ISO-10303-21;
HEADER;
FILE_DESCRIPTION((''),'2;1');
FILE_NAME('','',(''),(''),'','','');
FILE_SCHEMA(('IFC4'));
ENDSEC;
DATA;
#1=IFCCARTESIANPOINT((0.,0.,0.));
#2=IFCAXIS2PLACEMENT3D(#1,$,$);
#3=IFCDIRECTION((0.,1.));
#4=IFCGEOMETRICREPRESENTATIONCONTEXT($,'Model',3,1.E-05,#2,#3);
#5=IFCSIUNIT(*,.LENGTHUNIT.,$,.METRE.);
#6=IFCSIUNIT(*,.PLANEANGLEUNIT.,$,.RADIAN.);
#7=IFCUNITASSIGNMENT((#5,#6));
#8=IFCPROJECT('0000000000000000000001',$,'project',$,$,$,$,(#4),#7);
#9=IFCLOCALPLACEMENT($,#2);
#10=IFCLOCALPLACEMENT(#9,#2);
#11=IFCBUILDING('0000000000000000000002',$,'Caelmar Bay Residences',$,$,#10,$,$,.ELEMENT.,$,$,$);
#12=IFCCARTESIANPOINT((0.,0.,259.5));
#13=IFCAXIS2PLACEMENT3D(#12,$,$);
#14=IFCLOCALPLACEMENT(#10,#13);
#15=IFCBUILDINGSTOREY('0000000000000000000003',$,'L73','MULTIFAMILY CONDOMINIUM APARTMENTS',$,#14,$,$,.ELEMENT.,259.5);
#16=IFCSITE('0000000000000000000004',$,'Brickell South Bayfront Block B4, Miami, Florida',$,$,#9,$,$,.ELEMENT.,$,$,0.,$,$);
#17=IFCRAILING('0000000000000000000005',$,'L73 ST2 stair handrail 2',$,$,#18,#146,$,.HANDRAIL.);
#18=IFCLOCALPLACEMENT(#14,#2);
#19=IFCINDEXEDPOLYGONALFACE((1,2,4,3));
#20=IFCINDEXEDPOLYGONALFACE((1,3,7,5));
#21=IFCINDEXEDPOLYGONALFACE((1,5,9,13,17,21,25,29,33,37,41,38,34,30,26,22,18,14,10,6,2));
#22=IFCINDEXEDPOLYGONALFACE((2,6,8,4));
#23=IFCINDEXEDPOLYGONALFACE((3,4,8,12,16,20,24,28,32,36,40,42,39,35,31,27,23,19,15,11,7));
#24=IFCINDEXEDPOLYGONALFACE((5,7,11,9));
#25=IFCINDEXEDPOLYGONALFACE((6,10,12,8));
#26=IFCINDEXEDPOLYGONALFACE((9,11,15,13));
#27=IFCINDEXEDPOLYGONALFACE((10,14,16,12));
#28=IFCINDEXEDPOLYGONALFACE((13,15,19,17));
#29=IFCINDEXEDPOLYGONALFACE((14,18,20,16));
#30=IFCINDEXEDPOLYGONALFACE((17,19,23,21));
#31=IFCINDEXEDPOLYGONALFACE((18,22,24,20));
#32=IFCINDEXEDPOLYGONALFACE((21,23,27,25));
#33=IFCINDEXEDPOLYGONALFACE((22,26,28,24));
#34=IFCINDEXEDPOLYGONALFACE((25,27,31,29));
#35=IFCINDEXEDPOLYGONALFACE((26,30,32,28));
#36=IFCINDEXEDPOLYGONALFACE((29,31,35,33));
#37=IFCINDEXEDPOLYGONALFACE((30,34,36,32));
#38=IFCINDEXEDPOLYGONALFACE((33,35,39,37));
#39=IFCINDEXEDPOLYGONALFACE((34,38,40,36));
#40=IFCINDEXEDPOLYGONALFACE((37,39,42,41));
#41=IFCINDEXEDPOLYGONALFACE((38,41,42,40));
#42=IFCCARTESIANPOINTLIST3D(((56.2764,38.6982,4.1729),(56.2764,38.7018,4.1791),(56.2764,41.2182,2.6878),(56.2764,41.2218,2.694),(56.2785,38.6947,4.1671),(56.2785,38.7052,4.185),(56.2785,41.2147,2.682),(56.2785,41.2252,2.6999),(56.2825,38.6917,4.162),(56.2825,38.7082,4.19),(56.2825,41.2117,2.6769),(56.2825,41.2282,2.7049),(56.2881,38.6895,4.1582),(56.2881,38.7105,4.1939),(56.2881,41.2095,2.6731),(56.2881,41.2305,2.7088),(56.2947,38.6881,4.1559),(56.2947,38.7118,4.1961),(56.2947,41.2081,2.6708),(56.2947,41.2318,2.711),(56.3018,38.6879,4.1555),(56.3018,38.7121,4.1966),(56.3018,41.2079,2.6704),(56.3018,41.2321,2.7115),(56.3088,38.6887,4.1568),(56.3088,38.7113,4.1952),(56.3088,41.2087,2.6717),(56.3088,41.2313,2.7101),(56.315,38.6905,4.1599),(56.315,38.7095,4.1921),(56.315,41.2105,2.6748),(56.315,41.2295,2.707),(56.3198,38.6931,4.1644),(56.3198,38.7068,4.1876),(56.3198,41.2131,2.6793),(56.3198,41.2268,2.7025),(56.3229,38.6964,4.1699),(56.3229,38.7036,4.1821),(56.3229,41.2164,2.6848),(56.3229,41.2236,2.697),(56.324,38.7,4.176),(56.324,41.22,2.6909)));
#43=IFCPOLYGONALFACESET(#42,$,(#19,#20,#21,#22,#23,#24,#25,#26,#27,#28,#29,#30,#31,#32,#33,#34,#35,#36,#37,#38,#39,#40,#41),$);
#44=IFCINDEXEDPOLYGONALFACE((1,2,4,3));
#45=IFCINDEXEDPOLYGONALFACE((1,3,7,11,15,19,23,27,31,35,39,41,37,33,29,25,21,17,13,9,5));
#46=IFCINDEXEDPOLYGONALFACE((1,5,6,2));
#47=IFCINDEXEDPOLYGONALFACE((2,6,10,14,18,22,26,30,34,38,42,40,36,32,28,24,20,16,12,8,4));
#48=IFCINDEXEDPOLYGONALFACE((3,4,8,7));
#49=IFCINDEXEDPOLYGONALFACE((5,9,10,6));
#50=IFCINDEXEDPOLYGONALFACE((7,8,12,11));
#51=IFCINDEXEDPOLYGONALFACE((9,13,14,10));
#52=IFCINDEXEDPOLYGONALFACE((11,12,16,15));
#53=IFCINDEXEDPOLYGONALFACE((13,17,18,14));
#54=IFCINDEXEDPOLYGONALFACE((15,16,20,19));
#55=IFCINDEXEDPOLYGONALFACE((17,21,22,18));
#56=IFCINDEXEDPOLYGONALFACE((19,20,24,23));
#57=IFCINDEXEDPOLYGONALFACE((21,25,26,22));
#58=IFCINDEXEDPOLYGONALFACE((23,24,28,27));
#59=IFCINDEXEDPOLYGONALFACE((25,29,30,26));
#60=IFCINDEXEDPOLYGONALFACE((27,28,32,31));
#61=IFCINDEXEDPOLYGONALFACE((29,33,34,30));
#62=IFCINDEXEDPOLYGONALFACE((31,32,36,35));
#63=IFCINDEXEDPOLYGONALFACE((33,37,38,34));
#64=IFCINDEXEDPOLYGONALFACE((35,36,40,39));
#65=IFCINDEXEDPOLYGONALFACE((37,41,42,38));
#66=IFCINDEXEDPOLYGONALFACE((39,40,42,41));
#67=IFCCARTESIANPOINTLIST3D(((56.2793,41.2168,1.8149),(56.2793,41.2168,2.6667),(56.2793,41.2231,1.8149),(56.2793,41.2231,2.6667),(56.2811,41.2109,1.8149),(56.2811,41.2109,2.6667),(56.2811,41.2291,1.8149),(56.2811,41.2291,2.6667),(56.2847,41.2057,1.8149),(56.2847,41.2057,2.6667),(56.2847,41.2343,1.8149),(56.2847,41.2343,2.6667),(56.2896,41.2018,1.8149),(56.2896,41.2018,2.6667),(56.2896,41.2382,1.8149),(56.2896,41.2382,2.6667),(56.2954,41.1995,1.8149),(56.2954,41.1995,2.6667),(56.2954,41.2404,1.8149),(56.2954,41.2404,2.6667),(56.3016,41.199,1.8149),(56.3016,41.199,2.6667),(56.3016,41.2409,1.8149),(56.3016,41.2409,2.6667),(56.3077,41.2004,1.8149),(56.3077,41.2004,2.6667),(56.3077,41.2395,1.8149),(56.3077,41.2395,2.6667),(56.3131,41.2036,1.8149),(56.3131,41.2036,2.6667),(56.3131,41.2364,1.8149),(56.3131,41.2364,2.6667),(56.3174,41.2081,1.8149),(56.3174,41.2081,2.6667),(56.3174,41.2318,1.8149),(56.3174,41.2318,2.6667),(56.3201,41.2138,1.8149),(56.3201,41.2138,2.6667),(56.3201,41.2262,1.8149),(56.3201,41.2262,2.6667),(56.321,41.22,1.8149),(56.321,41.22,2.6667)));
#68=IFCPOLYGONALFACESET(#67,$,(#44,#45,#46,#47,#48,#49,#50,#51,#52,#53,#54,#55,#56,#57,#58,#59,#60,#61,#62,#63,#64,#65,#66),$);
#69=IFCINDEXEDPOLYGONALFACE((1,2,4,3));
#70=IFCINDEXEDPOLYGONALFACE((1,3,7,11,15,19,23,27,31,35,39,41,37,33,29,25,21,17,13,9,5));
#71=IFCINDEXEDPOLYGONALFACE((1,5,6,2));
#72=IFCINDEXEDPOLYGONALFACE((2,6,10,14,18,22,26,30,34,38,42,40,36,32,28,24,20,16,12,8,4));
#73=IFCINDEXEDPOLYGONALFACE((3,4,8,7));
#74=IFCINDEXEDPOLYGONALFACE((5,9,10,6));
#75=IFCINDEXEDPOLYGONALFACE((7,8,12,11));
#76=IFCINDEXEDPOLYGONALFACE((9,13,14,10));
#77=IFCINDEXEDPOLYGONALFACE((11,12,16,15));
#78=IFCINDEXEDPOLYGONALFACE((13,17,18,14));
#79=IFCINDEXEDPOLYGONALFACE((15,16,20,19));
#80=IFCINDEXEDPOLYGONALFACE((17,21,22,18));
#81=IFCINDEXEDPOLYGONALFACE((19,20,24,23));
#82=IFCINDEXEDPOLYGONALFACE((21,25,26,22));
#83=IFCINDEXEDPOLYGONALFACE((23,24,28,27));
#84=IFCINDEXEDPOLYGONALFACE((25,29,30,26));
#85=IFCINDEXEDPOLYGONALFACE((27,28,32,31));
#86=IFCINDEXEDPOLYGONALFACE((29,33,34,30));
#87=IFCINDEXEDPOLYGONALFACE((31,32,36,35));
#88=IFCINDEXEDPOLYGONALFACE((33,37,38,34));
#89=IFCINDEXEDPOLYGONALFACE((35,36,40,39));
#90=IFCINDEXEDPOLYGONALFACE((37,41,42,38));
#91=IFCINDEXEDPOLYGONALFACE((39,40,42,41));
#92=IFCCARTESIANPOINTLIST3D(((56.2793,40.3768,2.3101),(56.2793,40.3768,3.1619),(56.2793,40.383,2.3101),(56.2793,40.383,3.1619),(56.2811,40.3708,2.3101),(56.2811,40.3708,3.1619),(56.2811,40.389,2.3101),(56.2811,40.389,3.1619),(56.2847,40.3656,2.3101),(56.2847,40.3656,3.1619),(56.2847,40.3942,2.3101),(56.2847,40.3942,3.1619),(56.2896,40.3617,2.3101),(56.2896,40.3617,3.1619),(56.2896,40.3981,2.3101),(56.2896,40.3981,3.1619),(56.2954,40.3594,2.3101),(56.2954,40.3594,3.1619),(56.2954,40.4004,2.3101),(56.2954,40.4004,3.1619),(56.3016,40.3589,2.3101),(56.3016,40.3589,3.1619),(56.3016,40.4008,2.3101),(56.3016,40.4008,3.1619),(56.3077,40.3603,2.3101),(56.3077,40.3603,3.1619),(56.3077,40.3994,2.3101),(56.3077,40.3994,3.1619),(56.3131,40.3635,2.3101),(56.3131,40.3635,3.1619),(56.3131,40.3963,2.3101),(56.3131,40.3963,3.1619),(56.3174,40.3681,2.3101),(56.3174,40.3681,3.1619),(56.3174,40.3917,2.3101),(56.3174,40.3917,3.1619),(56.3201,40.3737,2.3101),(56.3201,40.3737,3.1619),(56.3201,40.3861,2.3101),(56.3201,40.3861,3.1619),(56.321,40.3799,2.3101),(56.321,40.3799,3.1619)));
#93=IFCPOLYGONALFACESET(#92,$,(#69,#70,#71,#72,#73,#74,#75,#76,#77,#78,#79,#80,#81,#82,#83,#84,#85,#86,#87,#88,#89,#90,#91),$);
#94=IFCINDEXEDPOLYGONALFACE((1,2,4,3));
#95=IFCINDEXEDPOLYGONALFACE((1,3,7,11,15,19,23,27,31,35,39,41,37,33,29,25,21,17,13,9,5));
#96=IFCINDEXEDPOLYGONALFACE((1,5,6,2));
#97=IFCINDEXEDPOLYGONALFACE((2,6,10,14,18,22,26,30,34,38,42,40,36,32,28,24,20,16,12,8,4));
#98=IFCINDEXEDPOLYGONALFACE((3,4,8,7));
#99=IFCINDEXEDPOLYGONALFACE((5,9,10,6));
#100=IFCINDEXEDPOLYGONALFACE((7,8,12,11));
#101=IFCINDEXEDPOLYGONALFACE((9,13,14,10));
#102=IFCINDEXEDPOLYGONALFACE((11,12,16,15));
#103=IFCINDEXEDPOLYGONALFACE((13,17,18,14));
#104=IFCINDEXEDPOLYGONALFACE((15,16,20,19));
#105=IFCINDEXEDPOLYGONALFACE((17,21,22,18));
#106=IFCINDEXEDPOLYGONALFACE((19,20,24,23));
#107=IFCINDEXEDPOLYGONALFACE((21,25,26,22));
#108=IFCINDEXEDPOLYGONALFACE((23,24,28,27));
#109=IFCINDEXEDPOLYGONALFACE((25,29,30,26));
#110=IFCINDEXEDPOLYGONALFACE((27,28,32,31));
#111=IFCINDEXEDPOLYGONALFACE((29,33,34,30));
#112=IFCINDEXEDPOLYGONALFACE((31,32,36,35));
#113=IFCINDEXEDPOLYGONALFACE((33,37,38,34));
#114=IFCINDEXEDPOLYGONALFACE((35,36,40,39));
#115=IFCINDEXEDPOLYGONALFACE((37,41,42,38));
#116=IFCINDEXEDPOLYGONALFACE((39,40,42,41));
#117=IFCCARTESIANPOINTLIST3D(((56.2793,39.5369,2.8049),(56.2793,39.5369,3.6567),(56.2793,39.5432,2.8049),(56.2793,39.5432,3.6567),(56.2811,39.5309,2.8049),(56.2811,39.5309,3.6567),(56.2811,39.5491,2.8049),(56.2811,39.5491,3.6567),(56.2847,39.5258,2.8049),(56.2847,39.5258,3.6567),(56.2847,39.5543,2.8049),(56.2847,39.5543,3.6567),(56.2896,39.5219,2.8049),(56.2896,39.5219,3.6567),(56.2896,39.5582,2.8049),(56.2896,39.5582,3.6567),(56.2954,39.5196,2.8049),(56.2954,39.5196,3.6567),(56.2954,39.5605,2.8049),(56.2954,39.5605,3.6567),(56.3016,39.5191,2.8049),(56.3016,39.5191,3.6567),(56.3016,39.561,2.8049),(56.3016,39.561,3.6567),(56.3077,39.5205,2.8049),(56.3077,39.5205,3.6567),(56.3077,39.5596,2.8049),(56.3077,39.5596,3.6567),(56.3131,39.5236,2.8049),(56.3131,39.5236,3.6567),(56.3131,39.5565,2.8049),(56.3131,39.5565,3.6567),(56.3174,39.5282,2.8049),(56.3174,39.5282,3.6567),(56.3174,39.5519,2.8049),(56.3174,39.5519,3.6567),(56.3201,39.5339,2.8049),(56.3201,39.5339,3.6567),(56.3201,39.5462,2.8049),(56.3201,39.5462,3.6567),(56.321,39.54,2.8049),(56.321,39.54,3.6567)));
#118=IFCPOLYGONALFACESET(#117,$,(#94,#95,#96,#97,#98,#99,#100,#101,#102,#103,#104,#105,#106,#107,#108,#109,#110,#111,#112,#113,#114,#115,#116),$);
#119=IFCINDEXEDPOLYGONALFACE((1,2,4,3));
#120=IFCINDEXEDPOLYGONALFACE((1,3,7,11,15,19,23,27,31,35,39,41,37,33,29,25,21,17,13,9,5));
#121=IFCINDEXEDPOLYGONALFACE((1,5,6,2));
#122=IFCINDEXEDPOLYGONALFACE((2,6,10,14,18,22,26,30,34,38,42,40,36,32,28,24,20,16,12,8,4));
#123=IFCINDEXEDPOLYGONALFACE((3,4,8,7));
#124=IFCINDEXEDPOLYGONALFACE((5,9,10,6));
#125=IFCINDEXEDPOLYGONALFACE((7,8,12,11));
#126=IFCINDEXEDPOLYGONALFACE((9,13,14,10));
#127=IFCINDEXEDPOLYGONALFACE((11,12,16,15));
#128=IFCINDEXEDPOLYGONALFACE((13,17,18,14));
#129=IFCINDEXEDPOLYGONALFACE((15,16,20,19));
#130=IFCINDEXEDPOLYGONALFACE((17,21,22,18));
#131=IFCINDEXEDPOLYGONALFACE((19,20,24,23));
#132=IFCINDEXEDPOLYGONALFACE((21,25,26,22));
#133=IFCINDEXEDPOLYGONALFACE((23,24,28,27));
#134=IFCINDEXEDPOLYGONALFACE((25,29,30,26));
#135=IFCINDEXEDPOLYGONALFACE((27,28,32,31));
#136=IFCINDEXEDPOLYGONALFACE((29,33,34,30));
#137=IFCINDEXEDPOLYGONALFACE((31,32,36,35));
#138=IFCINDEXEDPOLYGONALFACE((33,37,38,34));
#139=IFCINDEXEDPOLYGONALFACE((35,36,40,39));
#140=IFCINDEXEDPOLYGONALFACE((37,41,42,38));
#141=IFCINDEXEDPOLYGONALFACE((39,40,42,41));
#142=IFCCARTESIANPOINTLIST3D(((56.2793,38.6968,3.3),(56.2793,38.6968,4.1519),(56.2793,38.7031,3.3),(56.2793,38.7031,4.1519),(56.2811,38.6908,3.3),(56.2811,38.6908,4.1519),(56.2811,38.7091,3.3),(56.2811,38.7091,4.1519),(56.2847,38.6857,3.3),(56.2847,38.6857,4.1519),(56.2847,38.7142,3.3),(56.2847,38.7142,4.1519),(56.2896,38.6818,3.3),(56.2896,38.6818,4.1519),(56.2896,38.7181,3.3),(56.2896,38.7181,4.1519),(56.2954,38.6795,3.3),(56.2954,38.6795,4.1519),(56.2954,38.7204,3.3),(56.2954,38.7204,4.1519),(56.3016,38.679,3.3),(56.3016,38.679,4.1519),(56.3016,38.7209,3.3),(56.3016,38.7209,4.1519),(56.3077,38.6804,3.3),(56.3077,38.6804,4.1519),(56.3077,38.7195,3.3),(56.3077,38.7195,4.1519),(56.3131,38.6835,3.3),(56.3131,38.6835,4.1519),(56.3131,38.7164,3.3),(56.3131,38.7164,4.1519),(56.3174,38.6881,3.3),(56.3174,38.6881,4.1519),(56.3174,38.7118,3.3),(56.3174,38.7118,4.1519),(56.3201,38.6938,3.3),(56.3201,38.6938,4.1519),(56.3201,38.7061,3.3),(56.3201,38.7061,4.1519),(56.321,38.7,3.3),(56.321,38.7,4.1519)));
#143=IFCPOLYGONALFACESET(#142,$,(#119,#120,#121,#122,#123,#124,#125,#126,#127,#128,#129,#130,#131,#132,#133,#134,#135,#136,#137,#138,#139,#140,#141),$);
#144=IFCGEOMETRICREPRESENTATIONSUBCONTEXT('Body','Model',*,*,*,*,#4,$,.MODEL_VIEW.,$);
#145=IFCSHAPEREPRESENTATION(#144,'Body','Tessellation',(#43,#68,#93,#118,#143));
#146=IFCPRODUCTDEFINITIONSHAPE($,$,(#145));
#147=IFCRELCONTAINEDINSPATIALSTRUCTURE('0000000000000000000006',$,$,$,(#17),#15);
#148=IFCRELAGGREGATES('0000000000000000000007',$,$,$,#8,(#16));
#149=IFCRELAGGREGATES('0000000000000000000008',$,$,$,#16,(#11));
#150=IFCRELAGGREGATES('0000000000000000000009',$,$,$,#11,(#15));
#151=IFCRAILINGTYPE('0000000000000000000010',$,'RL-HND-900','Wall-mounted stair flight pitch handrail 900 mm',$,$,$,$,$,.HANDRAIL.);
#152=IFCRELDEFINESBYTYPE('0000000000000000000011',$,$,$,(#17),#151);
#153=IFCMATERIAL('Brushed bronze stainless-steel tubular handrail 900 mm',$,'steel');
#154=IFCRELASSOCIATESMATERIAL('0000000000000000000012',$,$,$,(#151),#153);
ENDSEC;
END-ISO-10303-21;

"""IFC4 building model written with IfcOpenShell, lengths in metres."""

from ifc_helpers import new_model, si_unit, direction, frame, origin, origin_2d, place, context, subcontext, project, spatial, circle, extrude, material, type_object, element, save


model = new_model("IFC4")

# Units and contexts
model_context = context("Model", 3, precision=1e-05, world=origin(), true_north=direction((0.0, 1.0)))
body_context = subcontext(model_context, "Body", "Model", "MODEL_VIEW")
ifc_project = project(units=[si_unit("LENGTHUNIT", "METRE"), si_unit("PLANEANGLEUNIT", "RADIAN")], contexts=[model_context])

# Site, building, storey
site_placement = place(None, origin())
site = spatial("IfcSite", under=ifc_project, at=site_placement, Name="Brickell South Bayfront Block B4, Miami, Florida", CompositionType="ELEMENT", RefElevation=0.0)
building_placement = place(site_placement, origin())
building = spatial("IfcBuilding", under=site, at=building_placement, Name="Caelmar Bay Residences", CompositionType="ELEMENT")
storey_placement = place(building_placement, frame((0.0, 0.0, 259.5)))
storey = spatial("IfcBuildingStorey", under=building, at=storey_placement, Name="L73", Description="MULTIFAMILY CONDOMINIUM APARTMENTS", CompositionType="ELEMENT", Elevation=259.5)

# Railing
ifc_material_1 = material(Name="Brushed bronze stainless-steel tubular handrail 900 mm", Category="steel")
railing_type_1 = type_object("IfcRailingType", Name="RL-HND-900", Description="Wall-mounted stair flight pitch handrail 900 mm", PredefinedType="HANDRAIL", material=ifc_material_1)
railing_1_placement = place(storey_placement, frame((56.3, 41.22, 1.8149)))
element("IfcRailing", 1, at=railing_1_placement, inside=storey, type_object=railing_type_1, Name="L73 ST2 stair handrail 2", PredefinedType="HANDRAIL", context=body_context, shape_type="SweptSolid", body=[
    extrude(circle(Radius=0.0239, at=origin_2d()), frame((0.0, 0.0, 0.876), z_axis=(0.0, -0.861524, 0.507717), x_axis=(1.0, 0.0, 0.0)), (0.0, 0.0, 1.0), 2.925),
    extrude(circle(Radius=0.021, at=origin_2d()), origin(), (0.0, 0.0, 1.0), 0.8518),
    extrude(circle(Radius=0.021, at=origin_2d()), frame((0.0, -0.8401, 0.4951)), (0.0, 0.0, 1.0), 0.8518),
    extrude(circle(Radius=0.021, at=origin_2d()), frame((0.0, -1.6799, 0.99)), (0.0, 0.0, 1.0), 0.8518),
    extrude(circle(Radius=0.021, at=origin_2d()), frame((0.0, -2.52, 1.4851)), (0.0, 0.0, 1.0), 0.8518),
])

save(model, "model.ifc")
